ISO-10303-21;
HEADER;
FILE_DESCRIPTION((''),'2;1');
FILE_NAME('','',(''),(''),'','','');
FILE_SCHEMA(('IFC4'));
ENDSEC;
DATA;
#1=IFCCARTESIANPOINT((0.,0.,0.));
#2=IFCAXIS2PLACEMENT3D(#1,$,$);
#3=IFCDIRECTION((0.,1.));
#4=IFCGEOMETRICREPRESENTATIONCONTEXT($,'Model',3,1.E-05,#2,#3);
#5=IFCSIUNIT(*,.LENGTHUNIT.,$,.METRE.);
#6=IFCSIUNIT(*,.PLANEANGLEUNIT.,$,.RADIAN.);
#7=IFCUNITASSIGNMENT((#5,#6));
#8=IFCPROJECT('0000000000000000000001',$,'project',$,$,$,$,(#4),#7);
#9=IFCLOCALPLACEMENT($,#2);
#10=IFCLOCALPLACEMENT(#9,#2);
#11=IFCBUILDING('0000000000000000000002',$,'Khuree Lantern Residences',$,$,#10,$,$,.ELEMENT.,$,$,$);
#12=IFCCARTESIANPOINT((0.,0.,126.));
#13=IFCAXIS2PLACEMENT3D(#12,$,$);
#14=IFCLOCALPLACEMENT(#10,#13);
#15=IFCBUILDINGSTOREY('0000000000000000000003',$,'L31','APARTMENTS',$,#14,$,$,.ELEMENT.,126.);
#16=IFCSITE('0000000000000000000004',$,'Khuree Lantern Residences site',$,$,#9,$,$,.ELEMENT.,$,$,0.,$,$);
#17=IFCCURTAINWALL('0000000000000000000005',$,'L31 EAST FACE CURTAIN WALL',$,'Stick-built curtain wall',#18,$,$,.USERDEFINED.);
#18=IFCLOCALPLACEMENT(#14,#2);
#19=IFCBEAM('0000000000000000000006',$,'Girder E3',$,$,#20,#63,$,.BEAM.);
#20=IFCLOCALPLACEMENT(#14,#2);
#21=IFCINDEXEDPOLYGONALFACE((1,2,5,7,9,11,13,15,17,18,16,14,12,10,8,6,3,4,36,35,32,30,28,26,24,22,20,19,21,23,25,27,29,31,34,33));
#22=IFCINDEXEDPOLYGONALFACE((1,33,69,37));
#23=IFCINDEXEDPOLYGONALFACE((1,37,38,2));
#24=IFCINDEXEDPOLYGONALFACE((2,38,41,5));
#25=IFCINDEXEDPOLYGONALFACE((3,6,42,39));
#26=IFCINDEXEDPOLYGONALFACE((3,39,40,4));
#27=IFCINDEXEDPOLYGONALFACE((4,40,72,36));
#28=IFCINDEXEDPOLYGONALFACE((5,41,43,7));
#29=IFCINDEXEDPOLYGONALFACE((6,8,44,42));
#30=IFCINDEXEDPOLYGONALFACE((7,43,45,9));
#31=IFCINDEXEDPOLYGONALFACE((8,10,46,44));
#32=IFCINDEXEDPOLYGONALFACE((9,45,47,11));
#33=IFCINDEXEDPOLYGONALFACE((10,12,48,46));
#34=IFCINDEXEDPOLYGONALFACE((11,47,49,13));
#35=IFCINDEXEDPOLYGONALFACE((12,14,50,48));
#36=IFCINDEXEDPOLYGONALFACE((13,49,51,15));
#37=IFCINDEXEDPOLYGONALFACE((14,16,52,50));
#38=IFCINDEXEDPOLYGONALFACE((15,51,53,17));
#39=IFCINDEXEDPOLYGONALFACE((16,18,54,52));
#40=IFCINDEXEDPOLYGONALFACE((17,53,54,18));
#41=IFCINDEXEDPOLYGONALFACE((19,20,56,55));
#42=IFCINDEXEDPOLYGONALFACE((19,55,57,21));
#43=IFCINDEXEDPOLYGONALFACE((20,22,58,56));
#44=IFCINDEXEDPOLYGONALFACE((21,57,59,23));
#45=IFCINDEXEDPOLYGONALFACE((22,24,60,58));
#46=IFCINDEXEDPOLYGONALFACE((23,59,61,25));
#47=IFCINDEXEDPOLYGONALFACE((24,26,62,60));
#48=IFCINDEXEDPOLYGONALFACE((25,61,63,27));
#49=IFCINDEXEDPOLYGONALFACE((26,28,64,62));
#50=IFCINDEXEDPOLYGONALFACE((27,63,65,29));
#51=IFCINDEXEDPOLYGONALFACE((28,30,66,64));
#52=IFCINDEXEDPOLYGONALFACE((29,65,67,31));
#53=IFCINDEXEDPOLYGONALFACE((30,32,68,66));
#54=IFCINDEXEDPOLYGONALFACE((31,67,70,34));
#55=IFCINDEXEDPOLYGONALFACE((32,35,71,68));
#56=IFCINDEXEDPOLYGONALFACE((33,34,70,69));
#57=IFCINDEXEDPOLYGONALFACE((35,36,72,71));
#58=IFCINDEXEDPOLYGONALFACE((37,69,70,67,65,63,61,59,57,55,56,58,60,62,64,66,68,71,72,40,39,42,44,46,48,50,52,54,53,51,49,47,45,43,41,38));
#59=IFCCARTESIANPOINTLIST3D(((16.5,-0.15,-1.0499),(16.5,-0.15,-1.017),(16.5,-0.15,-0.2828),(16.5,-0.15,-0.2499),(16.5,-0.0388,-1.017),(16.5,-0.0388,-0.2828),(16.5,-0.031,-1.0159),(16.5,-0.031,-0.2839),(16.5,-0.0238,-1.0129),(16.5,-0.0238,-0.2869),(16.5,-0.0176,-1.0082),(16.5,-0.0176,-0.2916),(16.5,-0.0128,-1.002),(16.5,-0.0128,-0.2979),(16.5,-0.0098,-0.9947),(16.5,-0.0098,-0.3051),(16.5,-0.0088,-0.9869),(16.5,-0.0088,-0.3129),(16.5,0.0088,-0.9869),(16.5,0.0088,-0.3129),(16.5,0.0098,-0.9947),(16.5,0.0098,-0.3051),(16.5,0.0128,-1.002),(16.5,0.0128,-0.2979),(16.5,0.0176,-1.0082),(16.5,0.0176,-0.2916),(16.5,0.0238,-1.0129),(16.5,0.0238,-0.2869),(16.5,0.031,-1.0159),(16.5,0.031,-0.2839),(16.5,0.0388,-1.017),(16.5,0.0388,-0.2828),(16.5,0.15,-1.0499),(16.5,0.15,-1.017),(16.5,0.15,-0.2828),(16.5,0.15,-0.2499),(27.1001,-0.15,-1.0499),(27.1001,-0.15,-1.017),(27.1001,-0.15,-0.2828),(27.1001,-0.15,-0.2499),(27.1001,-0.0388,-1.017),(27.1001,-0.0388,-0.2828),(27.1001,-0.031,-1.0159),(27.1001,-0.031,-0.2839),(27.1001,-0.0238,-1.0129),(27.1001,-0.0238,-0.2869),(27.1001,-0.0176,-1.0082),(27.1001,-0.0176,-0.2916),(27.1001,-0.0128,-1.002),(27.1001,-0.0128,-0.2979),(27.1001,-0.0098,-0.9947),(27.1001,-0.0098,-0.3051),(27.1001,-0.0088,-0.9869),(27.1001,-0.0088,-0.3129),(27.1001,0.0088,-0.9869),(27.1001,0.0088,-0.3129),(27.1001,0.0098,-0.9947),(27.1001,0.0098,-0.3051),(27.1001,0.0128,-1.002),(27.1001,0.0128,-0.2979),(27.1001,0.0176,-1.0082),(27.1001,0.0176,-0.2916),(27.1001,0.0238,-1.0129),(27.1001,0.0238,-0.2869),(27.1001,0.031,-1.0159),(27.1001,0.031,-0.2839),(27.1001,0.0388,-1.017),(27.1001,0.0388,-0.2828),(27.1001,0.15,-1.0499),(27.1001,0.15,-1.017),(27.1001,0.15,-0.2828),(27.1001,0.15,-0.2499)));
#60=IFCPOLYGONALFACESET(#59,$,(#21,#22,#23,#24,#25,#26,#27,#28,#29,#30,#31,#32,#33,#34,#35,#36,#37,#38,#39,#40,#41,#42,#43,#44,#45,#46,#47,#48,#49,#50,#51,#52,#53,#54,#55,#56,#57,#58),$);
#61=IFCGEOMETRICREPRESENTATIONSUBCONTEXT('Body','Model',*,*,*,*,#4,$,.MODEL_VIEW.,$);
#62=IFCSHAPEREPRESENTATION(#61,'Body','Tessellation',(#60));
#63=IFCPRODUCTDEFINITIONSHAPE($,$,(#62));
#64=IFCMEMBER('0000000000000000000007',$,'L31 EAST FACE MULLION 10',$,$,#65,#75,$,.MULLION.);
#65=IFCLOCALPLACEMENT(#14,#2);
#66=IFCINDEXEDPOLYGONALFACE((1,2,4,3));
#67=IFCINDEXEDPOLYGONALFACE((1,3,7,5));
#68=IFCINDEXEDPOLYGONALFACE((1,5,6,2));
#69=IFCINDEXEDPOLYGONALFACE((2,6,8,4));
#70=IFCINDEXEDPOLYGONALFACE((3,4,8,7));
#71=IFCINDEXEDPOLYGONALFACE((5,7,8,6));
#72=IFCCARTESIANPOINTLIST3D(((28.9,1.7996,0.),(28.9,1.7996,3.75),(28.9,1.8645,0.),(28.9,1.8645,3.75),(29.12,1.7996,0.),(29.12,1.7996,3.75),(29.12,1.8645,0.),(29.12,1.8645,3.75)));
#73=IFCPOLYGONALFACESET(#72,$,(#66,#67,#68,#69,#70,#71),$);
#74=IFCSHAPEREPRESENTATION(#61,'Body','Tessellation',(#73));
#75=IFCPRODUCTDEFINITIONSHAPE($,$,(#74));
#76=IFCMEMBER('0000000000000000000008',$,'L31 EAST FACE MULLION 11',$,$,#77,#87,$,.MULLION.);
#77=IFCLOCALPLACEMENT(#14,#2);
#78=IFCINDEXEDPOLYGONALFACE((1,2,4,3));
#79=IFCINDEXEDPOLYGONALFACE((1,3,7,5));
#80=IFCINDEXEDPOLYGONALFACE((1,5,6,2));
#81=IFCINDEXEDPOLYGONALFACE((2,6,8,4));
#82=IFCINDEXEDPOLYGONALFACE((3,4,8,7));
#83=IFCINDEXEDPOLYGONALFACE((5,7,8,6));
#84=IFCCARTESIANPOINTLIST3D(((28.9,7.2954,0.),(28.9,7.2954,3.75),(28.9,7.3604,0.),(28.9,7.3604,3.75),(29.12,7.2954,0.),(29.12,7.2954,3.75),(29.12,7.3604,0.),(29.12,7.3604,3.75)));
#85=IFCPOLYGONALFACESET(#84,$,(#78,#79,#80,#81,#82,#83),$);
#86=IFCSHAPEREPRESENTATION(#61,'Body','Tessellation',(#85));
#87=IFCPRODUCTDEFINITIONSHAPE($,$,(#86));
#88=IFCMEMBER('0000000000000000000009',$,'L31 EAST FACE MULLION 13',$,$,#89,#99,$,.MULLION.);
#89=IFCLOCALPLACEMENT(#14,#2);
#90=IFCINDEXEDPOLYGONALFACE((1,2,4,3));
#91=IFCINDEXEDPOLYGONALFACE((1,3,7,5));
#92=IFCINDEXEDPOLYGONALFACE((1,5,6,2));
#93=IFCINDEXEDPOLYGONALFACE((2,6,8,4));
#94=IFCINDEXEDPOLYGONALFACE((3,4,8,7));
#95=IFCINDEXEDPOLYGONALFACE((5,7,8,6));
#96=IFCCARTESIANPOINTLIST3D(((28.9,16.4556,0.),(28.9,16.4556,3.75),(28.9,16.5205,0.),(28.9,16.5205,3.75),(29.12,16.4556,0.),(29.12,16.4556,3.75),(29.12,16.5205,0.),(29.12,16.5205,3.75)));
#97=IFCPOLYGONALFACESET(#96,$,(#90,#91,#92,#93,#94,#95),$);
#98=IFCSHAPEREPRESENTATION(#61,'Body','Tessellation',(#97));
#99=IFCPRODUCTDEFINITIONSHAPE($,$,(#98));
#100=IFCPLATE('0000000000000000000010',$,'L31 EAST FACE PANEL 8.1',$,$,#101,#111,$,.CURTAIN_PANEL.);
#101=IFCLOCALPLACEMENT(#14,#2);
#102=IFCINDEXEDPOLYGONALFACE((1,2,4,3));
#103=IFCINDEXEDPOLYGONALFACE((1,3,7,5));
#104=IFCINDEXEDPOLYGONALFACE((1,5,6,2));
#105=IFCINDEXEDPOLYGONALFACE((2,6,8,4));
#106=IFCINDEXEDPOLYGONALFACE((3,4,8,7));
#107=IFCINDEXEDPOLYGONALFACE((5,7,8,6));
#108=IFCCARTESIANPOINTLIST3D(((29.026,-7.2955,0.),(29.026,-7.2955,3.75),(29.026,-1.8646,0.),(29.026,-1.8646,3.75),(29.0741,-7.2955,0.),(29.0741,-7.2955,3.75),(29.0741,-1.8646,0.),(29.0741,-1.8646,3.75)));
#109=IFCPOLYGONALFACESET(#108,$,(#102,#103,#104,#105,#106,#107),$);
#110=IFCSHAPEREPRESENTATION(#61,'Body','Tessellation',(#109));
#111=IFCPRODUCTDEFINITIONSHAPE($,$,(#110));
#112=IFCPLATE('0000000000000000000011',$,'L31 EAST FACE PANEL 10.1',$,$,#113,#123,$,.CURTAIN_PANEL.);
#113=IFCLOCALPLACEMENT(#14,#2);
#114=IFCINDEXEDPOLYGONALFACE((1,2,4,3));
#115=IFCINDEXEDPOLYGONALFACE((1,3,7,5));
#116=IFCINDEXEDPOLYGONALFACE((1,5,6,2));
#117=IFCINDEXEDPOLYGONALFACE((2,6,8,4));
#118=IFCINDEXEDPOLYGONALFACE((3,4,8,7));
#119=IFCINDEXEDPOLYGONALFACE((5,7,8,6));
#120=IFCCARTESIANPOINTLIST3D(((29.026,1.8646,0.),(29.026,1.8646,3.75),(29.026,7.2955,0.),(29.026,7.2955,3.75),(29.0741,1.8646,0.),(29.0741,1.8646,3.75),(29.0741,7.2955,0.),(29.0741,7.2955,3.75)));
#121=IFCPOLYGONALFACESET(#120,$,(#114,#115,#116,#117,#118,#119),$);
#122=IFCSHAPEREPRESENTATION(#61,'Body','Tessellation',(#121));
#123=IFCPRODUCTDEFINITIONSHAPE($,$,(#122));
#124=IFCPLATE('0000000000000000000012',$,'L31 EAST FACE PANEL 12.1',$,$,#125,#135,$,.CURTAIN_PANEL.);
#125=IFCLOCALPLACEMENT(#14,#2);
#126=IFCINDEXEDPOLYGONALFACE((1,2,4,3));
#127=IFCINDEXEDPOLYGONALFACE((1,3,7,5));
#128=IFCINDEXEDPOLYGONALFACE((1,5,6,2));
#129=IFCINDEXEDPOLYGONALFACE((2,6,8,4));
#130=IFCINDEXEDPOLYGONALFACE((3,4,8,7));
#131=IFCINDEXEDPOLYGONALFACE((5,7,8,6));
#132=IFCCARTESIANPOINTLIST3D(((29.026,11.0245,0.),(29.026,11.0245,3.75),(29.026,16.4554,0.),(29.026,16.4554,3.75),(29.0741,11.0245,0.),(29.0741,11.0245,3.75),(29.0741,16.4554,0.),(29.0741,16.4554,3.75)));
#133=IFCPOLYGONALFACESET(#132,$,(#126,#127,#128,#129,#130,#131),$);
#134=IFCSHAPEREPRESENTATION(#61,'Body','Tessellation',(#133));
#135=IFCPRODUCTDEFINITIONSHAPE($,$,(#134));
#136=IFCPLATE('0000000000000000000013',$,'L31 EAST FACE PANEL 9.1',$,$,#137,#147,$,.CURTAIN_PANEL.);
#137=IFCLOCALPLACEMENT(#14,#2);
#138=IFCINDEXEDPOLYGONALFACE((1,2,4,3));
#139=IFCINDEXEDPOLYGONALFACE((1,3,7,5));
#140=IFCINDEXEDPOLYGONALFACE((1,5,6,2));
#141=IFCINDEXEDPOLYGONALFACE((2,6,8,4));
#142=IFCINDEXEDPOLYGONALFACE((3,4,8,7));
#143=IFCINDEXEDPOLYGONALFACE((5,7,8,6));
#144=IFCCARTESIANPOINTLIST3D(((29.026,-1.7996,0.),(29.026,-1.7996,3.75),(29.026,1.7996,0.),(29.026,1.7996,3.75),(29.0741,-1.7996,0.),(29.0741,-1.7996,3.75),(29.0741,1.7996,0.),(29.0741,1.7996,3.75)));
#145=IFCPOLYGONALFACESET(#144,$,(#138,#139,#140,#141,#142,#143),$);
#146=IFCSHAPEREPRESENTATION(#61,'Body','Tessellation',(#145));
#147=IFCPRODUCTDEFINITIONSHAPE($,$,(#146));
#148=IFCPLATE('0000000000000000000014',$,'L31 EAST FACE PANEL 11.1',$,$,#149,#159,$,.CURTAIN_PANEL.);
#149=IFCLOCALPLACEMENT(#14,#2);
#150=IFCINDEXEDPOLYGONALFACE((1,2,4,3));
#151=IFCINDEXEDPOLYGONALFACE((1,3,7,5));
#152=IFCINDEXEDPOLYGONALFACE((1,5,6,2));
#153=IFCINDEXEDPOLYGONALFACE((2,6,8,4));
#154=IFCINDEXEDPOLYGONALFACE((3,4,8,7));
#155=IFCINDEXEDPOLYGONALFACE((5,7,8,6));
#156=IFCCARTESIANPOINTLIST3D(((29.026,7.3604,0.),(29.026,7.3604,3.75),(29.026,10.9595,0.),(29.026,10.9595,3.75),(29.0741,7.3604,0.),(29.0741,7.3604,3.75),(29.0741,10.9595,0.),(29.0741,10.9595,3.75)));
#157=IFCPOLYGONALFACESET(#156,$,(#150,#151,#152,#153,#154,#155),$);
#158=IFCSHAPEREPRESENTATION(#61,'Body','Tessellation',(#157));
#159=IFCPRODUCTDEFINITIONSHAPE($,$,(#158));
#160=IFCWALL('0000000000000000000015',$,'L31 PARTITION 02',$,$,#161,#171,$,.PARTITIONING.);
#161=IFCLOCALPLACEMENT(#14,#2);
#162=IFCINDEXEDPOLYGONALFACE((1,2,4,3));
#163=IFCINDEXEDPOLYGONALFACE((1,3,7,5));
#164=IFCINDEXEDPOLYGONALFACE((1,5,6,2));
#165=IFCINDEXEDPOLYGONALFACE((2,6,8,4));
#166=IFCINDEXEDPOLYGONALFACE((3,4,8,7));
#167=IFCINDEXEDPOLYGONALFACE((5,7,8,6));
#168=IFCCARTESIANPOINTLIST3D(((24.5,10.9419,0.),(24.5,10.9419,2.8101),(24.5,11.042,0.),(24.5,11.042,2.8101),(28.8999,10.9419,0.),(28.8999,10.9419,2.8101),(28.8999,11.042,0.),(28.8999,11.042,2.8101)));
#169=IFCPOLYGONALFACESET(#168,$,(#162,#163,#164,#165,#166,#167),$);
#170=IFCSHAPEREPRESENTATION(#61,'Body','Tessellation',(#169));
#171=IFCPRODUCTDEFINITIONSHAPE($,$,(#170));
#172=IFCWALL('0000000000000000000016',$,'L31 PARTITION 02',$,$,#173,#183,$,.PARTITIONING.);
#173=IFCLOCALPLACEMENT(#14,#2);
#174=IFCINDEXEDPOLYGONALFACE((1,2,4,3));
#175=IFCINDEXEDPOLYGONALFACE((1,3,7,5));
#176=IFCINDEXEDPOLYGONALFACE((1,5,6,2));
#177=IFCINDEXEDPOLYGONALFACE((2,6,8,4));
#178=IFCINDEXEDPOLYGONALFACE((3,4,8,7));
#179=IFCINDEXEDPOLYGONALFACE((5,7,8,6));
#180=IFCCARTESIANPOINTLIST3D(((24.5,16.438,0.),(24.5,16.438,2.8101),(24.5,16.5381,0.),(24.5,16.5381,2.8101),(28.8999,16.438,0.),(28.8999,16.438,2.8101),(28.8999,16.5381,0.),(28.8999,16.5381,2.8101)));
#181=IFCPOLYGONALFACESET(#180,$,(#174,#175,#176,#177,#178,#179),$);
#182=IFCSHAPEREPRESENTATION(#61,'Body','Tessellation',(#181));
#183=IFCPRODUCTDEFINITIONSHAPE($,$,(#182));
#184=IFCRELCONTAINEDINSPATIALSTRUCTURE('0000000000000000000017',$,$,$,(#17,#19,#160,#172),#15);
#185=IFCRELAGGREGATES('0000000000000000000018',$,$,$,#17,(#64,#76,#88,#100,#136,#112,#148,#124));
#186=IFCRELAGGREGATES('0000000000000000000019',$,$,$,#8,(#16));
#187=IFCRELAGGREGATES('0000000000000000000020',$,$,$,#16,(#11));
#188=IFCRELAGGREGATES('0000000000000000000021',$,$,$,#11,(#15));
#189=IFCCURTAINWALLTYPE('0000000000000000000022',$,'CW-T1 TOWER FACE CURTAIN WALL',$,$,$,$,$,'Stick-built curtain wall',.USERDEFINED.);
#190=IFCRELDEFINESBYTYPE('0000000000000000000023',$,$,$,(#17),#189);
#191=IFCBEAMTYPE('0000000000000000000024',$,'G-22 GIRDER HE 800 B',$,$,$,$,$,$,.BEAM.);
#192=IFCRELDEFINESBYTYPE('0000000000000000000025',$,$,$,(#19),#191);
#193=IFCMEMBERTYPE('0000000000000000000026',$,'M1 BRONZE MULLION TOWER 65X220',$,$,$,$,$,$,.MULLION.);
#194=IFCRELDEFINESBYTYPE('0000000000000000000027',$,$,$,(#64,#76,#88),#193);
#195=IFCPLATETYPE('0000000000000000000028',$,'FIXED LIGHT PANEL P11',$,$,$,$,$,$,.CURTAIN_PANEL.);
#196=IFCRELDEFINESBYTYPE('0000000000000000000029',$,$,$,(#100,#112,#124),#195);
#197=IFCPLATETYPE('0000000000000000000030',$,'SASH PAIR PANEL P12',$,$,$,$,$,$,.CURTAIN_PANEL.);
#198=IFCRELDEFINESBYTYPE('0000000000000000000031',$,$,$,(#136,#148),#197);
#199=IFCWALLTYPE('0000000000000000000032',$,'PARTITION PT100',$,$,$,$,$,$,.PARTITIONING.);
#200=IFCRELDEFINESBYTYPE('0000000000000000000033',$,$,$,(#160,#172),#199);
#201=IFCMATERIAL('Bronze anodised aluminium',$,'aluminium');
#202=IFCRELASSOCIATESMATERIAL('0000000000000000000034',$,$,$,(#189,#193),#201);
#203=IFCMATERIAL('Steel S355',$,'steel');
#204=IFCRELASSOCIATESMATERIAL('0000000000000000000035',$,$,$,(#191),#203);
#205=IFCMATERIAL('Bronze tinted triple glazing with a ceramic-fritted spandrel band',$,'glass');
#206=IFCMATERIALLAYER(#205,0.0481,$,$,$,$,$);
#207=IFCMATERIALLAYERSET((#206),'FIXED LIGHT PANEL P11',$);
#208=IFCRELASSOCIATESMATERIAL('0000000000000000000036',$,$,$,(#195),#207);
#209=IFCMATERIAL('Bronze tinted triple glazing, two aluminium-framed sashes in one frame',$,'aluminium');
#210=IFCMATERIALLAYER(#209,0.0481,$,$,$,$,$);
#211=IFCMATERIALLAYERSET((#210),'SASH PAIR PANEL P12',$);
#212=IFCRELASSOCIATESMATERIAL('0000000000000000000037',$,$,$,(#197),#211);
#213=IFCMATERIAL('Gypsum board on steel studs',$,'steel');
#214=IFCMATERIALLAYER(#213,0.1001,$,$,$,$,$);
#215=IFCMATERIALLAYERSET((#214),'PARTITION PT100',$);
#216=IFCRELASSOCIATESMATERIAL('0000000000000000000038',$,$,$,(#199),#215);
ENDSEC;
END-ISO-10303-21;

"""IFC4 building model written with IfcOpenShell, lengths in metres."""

from ifc_helpers import new_model, si_unit, direction, frame, frame_2d, origin, origin_2d, place, context, subcontext, project, spatial, rectangle, i_section, extrude, material, layer, layer_set, material_profile, profile_set, type_object, element, aggregate, save


model = new_model("IFC4")

# Units and contexts
model_context = context("Model", 3, precision=1e-05, world=origin(), true_north=direction((0.0, 1.0)))
body_context = subcontext(model_context, "Body", "Model", "MODEL_VIEW")
ifc_project = project(units=[si_unit("LENGTHUNIT", "METRE"), si_unit("PLANEANGLEUNIT", "RADIAN")], contexts=[model_context])

# Site, building, storey
site_placement = place(None, origin())
site = spatial("IfcSite", under=ifc_project, at=site_placement, Name="Khuree Lantern Residences site", CompositionType="ELEMENT", RefElevation=0.0)
building_placement = place(site_placement, origin())
building = spatial("IfcBuilding", under=site, at=building_placement, Name="Khuree Lantern Residences", CompositionType="ELEMENT")
storey_placement = place(building_placement, frame((0.0, 0.0, 126.0)))
storey = spatial("IfcBuildingStorey", under=building, at=storey_placement, Name="L31", Description="APARTMENTS", CompositionType="ELEMENT", Elevation=126.0)

# Shared definitions
ifc_material_1 = material(Name="Steel S355", Category="steel")

# Curtain wall
ifc_material_2 = material(Name="Bronze anodised aluminium", Category="aluminium")
curtain_wall_type = type_object("IfcCurtainWallType", Name="CW-T1 TOWER FACE CURTAIN WALL", ElementType="Stick-built curtain wall", PredefinedType="USERDEFINED", material=ifc_material_2)
curtain_wall_placement = place(storey_placement, origin())
curtain_wall = element("IfcCurtainWall", 1, at=curtain_wall_placement, inside=storey, type_object=curtain_wall_type, Name="L31 EAST FACE CURTAIN WALL", ObjectType="Stick-built curtain wall", PredefinedType="USERDEFINED")

# Beam
ifc_material_profile_1 = material_profile(ifc_material_1, i_section(OverallWidth=0.3, OverallDepth=0.8, WebThickness=0.0176, FlangeThickness=0.033, FilletRadius=0.03, at=origin_2d()), Name="HE 800 B")
ifc_profile_set_1 = profile_set([ifc_material_profile_1], Name="Steel S355")
beam_type_1 = type_object("IfcBeamType", Name="G-22 GIRDER HE 800 B", PredefinedType="BEAM", material=ifc_profile_set_1)
for number, where, z_axis, x_axis, name in (
    (2, (27.1001, 0.0, -0.6499), (-1.0, 0.0, 0.0), (0.0, -1.0, 0.0), "Girder E3"),
):
    element("IfcBeam", number, at=place(storey_placement, frame(where, z_axis=z_axis, x_axis=x_axis)), inside=storey, type_object=beam_type_1, Name=name, PredefinedType="BEAM", context=body_context, shape_type="SweptSolid", body=[
        extrude(i_section(OverallWidth=0.3, OverallDepth=0.8, WebThickness=0.0176, FlangeThickness=0.033, FilletRadius=0.03, at=origin_2d()), origin(), (0.0, 0.0, 1.0), 10.6001),
    ])

# Members
ifc_material_profile_2 = material_profile(ifc_material_2, rectangle(XDim=0.0649, YDim=0.22, at=origin_2d()), Name="M1 65X220")
ifc_profile_set_2 = profile_set([ifc_material_profile_2], Name="Bronze anodised aluminium")
member_type_1 = type_object("IfcMemberType", Name="M1 BRONZE MULLION TOWER 65X220", PredefinedType="MULLION", material=ifc_profile_set_2)
member_1_placement = place(storey_placement, frame((29.01, 1.832, 0.0), z_axis=(0.0, 0.0, 1.0), x_axis=(0.0, 1.0, 0.0)))
member_1 = element("IfcMember", 3, at=member_1_placement, type_object=member_type_1, Name="L31 EAST FACE MULLION 10", PredefinedType="MULLION", context=body_context, shape_type="SweptSolid", body=[
    extrude(rectangle(XDim=0.0649, YDim=0.22, at=origin_2d()), origin(), (0.0, 0.0, 1.0), 3.75),
])
member_2_placement = place(storey_placement, frame((29.01, 7.3279, 0.0), z_axis=(0.0, 0.0, 1.0), x_axis=(0.0, 1.0, 0.0)))
member_2 = element("IfcMember", 4, at=member_2_placement, type_object=member_type_1, Name="L31 EAST FACE MULLION 11", PredefinedType="MULLION", context=body_context, shape_type="SweptSolid", body=[
    extrude(rectangle(XDim=0.0649, YDim=0.22, at=origin_2d()), origin(), (0.0, 0.0, 1.0), 3.75),
])
member_3_placement = place(storey_placement, frame((29.01, 16.488, 0.0), z_axis=(0.0, 0.0, 1.0), x_axis=(0.0, 1.0, 0.0)))
member_3 = element("IfcMember", 5, at=member_3_placement, type_object=member_type_1, Name="L31 EAST FACE MULLION 13", PredefinedType="MULLION", context=body_context, shape_type="SweptSolid", body=[
    extrude(rectangle(XDim=0.0649, YDim=0.22, at=origin_2d()), origin(), (0.0, 0.0, 1.0), 3.75),
])

# Plates
ifc_material_3 = material(Name="Bronze tinted triple glazing with a ceramic-fritted spandrel band", Category="glass")
ifc_layer_1 = layer(ifc_material_3, 0.0481)
ifc_layer_set_1 = layer_set([ifc_layer_1], Name="FIXED LIGHT PANEL P11")
plate_type_1 = type_object("IfcPlateType", Name="FIXED LIGHT PANEL P11", PredefinedType="CURTAIN_PANEL", material=ifc_layer_set_1)
plate_1_placement = place(storey_placement, frame((29.05, -4.5801, 0.0), z_axis=(0.0, 0.0, 1.0), x_axis=(0.0, 1.0, 0.0)))
plate_1 = element("IfcPlate", 6, at=plate_1_placement, type_object=plate_type_1, Name="L31 EAST FACE PANEL 8.1", PredefinedType="CURTAIN_PANEL", context=body_context, shape_type="SweptSolid", body=[
    extrude(rectangle(XDim=5.4309, YDim=0.0481, at=origin_2d()), origin(), (0.0, 0.0, 1.0), 3.75),
])
plate_2_placement = place(storey_placement, frame((29.05, 4.5801, 0.0), z_axis=(0.0, 0.0, 1.0), x_axis=(0.0, 1.0, 0.0)))
plate_2 = element("IfcPlate", 7, at=plate_2_placement, type_object=plate_type_1, Name="L31 EAST FACE PANEL 10.1", PredefinedType="CURTAIN_PANEL", context=body_context, shape_type="SweptSolid", body=[
    extrude(rectangle(XDim=5.4309, YDim=0.0481, at=origin_2d()), origin(), (0.0, 0.0, 1.0), 3.75),
])
plate_3_placement = place(storey_placement, frame((29.05, 13.74, 0.0), z_axis=(0.0, 0.0, 1.0), x_axis=(0.0, 1.0, 0.0)))
plate_3 = element("IfcPlate", 8, at=plate_3_placement, type_object=plate_type_1, Name="L31 EAST FACE PANEL 12.1", PredefinedType="CURTAIN_PANEL", context=body_context, shape_type="SweptSolid", body=[
    extrude(rectangle(XDim=5.4309, YDim=0.0481, at=origin_2d()), origin(), (0.0, 0.0, 1.0), 3.75),
])
ifc_material_4 = material(Name="Bronze tinted triple glazing, two aluminium-framed sashes in one frame", Category="aluminium")
ifc_layer_2 = layer(ifc_material_4, 0.0481)
ifc_layer_set_2 = layer_set([ifc_layer_2], Name="SASH PAIR PANEL P12")
plate_type_2 = type_object("IfcPlateType", Name="SASH PAIR PANEL P12", PredefinedType="CURTAIN_PANEL", material=ifc_layer_set_2)
plate_4_placement = place(storey_placement, frame((29.05, 0.0, 0.0), z_axis=(0.0, 0.0, 1.0), x_axis=(0.0, 1.0, 0.0)))
plate_4 = element("IfcPlate", 9, at=plate_4_placement, type_object=plate_type_2, Name="L31 EAST FACE PANEL 9.1", PredefinedType="CURTAIN_PANEL", context=body_context, shape_type="SweptSolid", body=[
    extrude(rectangle(XDim=3.5991, YDim=0.0481, at=origin_2d()), origin(), (0.0, 0.0, 1.0), 3.75),
])
plate_5_placement = place(storey_placement, frame((29.05, 9.1599, 0.0), z_axis=(0.0, 0.0, 1.0), x_axis=(0.0, 1.0, 0.0)))
plate_5 = element("IfcPlate", 10, at=plate_5_placement, type_object=plate_type_2, Name="L31 EAST FACE PANEL 11.1", PredefinedType="CURTAIN_PANEL", context=body_context, shape_type="SweptSolid", body=[
    extrude(rectangle(XDim=3.5991, YDim=0.0481, at=origin_2d()), origin(), (0.0, 0.0, 1.0), 3.75),
])
aggregate(curtain_wall, [member_1, member_2, member_3, plate_1, plate_4, plate_2, plate_5, plate_3])

# Walls
ifc_material_5 = material(Name="Gypsum board on steel studs", Category="steel")
ifc_layer_3 = layer(ifc_material_5, 0.1001)
ifc_layer_set_3 = layer_set([ifc_layer_3], Name="PARTITION PT100")
wall_type = type_object("IfcWallType", Name="PARTITION PT100", PredefinedType="PARTITIONING", material=ifc_layer_set_3)
for number, where, z_axis, x_axis, name in (
    (11, (24.5, 10.9919, 0.0), (0.0, 0.0, 1.0), (1.0, 0.0, 0.0), "L31 PARTITION 02"),
    (12, (24.5, 16.488, 0.0), (0.0, 0.0, 1.0), (1.0, 0.0, 0.0), "L31 PARTITION 02"),
):
    element("IfcWall", number, at=place(storey_placement, frame(where, z_axis=z_axis, x_axis=x_axis)), inside=storey, type_object=wall_type, Name=name, PredefinedType="PARTITIONING", context=body_context, shape_type="SweptSolid", body=[
        extrude(rectangle(XDim=4.3999, YDim=0.1001, at=frame_2d((2.2, 0.0))), origin(), (0.0, 0.0, 1.0), 2.8101),
    ])

save(model, "model.ifc")
